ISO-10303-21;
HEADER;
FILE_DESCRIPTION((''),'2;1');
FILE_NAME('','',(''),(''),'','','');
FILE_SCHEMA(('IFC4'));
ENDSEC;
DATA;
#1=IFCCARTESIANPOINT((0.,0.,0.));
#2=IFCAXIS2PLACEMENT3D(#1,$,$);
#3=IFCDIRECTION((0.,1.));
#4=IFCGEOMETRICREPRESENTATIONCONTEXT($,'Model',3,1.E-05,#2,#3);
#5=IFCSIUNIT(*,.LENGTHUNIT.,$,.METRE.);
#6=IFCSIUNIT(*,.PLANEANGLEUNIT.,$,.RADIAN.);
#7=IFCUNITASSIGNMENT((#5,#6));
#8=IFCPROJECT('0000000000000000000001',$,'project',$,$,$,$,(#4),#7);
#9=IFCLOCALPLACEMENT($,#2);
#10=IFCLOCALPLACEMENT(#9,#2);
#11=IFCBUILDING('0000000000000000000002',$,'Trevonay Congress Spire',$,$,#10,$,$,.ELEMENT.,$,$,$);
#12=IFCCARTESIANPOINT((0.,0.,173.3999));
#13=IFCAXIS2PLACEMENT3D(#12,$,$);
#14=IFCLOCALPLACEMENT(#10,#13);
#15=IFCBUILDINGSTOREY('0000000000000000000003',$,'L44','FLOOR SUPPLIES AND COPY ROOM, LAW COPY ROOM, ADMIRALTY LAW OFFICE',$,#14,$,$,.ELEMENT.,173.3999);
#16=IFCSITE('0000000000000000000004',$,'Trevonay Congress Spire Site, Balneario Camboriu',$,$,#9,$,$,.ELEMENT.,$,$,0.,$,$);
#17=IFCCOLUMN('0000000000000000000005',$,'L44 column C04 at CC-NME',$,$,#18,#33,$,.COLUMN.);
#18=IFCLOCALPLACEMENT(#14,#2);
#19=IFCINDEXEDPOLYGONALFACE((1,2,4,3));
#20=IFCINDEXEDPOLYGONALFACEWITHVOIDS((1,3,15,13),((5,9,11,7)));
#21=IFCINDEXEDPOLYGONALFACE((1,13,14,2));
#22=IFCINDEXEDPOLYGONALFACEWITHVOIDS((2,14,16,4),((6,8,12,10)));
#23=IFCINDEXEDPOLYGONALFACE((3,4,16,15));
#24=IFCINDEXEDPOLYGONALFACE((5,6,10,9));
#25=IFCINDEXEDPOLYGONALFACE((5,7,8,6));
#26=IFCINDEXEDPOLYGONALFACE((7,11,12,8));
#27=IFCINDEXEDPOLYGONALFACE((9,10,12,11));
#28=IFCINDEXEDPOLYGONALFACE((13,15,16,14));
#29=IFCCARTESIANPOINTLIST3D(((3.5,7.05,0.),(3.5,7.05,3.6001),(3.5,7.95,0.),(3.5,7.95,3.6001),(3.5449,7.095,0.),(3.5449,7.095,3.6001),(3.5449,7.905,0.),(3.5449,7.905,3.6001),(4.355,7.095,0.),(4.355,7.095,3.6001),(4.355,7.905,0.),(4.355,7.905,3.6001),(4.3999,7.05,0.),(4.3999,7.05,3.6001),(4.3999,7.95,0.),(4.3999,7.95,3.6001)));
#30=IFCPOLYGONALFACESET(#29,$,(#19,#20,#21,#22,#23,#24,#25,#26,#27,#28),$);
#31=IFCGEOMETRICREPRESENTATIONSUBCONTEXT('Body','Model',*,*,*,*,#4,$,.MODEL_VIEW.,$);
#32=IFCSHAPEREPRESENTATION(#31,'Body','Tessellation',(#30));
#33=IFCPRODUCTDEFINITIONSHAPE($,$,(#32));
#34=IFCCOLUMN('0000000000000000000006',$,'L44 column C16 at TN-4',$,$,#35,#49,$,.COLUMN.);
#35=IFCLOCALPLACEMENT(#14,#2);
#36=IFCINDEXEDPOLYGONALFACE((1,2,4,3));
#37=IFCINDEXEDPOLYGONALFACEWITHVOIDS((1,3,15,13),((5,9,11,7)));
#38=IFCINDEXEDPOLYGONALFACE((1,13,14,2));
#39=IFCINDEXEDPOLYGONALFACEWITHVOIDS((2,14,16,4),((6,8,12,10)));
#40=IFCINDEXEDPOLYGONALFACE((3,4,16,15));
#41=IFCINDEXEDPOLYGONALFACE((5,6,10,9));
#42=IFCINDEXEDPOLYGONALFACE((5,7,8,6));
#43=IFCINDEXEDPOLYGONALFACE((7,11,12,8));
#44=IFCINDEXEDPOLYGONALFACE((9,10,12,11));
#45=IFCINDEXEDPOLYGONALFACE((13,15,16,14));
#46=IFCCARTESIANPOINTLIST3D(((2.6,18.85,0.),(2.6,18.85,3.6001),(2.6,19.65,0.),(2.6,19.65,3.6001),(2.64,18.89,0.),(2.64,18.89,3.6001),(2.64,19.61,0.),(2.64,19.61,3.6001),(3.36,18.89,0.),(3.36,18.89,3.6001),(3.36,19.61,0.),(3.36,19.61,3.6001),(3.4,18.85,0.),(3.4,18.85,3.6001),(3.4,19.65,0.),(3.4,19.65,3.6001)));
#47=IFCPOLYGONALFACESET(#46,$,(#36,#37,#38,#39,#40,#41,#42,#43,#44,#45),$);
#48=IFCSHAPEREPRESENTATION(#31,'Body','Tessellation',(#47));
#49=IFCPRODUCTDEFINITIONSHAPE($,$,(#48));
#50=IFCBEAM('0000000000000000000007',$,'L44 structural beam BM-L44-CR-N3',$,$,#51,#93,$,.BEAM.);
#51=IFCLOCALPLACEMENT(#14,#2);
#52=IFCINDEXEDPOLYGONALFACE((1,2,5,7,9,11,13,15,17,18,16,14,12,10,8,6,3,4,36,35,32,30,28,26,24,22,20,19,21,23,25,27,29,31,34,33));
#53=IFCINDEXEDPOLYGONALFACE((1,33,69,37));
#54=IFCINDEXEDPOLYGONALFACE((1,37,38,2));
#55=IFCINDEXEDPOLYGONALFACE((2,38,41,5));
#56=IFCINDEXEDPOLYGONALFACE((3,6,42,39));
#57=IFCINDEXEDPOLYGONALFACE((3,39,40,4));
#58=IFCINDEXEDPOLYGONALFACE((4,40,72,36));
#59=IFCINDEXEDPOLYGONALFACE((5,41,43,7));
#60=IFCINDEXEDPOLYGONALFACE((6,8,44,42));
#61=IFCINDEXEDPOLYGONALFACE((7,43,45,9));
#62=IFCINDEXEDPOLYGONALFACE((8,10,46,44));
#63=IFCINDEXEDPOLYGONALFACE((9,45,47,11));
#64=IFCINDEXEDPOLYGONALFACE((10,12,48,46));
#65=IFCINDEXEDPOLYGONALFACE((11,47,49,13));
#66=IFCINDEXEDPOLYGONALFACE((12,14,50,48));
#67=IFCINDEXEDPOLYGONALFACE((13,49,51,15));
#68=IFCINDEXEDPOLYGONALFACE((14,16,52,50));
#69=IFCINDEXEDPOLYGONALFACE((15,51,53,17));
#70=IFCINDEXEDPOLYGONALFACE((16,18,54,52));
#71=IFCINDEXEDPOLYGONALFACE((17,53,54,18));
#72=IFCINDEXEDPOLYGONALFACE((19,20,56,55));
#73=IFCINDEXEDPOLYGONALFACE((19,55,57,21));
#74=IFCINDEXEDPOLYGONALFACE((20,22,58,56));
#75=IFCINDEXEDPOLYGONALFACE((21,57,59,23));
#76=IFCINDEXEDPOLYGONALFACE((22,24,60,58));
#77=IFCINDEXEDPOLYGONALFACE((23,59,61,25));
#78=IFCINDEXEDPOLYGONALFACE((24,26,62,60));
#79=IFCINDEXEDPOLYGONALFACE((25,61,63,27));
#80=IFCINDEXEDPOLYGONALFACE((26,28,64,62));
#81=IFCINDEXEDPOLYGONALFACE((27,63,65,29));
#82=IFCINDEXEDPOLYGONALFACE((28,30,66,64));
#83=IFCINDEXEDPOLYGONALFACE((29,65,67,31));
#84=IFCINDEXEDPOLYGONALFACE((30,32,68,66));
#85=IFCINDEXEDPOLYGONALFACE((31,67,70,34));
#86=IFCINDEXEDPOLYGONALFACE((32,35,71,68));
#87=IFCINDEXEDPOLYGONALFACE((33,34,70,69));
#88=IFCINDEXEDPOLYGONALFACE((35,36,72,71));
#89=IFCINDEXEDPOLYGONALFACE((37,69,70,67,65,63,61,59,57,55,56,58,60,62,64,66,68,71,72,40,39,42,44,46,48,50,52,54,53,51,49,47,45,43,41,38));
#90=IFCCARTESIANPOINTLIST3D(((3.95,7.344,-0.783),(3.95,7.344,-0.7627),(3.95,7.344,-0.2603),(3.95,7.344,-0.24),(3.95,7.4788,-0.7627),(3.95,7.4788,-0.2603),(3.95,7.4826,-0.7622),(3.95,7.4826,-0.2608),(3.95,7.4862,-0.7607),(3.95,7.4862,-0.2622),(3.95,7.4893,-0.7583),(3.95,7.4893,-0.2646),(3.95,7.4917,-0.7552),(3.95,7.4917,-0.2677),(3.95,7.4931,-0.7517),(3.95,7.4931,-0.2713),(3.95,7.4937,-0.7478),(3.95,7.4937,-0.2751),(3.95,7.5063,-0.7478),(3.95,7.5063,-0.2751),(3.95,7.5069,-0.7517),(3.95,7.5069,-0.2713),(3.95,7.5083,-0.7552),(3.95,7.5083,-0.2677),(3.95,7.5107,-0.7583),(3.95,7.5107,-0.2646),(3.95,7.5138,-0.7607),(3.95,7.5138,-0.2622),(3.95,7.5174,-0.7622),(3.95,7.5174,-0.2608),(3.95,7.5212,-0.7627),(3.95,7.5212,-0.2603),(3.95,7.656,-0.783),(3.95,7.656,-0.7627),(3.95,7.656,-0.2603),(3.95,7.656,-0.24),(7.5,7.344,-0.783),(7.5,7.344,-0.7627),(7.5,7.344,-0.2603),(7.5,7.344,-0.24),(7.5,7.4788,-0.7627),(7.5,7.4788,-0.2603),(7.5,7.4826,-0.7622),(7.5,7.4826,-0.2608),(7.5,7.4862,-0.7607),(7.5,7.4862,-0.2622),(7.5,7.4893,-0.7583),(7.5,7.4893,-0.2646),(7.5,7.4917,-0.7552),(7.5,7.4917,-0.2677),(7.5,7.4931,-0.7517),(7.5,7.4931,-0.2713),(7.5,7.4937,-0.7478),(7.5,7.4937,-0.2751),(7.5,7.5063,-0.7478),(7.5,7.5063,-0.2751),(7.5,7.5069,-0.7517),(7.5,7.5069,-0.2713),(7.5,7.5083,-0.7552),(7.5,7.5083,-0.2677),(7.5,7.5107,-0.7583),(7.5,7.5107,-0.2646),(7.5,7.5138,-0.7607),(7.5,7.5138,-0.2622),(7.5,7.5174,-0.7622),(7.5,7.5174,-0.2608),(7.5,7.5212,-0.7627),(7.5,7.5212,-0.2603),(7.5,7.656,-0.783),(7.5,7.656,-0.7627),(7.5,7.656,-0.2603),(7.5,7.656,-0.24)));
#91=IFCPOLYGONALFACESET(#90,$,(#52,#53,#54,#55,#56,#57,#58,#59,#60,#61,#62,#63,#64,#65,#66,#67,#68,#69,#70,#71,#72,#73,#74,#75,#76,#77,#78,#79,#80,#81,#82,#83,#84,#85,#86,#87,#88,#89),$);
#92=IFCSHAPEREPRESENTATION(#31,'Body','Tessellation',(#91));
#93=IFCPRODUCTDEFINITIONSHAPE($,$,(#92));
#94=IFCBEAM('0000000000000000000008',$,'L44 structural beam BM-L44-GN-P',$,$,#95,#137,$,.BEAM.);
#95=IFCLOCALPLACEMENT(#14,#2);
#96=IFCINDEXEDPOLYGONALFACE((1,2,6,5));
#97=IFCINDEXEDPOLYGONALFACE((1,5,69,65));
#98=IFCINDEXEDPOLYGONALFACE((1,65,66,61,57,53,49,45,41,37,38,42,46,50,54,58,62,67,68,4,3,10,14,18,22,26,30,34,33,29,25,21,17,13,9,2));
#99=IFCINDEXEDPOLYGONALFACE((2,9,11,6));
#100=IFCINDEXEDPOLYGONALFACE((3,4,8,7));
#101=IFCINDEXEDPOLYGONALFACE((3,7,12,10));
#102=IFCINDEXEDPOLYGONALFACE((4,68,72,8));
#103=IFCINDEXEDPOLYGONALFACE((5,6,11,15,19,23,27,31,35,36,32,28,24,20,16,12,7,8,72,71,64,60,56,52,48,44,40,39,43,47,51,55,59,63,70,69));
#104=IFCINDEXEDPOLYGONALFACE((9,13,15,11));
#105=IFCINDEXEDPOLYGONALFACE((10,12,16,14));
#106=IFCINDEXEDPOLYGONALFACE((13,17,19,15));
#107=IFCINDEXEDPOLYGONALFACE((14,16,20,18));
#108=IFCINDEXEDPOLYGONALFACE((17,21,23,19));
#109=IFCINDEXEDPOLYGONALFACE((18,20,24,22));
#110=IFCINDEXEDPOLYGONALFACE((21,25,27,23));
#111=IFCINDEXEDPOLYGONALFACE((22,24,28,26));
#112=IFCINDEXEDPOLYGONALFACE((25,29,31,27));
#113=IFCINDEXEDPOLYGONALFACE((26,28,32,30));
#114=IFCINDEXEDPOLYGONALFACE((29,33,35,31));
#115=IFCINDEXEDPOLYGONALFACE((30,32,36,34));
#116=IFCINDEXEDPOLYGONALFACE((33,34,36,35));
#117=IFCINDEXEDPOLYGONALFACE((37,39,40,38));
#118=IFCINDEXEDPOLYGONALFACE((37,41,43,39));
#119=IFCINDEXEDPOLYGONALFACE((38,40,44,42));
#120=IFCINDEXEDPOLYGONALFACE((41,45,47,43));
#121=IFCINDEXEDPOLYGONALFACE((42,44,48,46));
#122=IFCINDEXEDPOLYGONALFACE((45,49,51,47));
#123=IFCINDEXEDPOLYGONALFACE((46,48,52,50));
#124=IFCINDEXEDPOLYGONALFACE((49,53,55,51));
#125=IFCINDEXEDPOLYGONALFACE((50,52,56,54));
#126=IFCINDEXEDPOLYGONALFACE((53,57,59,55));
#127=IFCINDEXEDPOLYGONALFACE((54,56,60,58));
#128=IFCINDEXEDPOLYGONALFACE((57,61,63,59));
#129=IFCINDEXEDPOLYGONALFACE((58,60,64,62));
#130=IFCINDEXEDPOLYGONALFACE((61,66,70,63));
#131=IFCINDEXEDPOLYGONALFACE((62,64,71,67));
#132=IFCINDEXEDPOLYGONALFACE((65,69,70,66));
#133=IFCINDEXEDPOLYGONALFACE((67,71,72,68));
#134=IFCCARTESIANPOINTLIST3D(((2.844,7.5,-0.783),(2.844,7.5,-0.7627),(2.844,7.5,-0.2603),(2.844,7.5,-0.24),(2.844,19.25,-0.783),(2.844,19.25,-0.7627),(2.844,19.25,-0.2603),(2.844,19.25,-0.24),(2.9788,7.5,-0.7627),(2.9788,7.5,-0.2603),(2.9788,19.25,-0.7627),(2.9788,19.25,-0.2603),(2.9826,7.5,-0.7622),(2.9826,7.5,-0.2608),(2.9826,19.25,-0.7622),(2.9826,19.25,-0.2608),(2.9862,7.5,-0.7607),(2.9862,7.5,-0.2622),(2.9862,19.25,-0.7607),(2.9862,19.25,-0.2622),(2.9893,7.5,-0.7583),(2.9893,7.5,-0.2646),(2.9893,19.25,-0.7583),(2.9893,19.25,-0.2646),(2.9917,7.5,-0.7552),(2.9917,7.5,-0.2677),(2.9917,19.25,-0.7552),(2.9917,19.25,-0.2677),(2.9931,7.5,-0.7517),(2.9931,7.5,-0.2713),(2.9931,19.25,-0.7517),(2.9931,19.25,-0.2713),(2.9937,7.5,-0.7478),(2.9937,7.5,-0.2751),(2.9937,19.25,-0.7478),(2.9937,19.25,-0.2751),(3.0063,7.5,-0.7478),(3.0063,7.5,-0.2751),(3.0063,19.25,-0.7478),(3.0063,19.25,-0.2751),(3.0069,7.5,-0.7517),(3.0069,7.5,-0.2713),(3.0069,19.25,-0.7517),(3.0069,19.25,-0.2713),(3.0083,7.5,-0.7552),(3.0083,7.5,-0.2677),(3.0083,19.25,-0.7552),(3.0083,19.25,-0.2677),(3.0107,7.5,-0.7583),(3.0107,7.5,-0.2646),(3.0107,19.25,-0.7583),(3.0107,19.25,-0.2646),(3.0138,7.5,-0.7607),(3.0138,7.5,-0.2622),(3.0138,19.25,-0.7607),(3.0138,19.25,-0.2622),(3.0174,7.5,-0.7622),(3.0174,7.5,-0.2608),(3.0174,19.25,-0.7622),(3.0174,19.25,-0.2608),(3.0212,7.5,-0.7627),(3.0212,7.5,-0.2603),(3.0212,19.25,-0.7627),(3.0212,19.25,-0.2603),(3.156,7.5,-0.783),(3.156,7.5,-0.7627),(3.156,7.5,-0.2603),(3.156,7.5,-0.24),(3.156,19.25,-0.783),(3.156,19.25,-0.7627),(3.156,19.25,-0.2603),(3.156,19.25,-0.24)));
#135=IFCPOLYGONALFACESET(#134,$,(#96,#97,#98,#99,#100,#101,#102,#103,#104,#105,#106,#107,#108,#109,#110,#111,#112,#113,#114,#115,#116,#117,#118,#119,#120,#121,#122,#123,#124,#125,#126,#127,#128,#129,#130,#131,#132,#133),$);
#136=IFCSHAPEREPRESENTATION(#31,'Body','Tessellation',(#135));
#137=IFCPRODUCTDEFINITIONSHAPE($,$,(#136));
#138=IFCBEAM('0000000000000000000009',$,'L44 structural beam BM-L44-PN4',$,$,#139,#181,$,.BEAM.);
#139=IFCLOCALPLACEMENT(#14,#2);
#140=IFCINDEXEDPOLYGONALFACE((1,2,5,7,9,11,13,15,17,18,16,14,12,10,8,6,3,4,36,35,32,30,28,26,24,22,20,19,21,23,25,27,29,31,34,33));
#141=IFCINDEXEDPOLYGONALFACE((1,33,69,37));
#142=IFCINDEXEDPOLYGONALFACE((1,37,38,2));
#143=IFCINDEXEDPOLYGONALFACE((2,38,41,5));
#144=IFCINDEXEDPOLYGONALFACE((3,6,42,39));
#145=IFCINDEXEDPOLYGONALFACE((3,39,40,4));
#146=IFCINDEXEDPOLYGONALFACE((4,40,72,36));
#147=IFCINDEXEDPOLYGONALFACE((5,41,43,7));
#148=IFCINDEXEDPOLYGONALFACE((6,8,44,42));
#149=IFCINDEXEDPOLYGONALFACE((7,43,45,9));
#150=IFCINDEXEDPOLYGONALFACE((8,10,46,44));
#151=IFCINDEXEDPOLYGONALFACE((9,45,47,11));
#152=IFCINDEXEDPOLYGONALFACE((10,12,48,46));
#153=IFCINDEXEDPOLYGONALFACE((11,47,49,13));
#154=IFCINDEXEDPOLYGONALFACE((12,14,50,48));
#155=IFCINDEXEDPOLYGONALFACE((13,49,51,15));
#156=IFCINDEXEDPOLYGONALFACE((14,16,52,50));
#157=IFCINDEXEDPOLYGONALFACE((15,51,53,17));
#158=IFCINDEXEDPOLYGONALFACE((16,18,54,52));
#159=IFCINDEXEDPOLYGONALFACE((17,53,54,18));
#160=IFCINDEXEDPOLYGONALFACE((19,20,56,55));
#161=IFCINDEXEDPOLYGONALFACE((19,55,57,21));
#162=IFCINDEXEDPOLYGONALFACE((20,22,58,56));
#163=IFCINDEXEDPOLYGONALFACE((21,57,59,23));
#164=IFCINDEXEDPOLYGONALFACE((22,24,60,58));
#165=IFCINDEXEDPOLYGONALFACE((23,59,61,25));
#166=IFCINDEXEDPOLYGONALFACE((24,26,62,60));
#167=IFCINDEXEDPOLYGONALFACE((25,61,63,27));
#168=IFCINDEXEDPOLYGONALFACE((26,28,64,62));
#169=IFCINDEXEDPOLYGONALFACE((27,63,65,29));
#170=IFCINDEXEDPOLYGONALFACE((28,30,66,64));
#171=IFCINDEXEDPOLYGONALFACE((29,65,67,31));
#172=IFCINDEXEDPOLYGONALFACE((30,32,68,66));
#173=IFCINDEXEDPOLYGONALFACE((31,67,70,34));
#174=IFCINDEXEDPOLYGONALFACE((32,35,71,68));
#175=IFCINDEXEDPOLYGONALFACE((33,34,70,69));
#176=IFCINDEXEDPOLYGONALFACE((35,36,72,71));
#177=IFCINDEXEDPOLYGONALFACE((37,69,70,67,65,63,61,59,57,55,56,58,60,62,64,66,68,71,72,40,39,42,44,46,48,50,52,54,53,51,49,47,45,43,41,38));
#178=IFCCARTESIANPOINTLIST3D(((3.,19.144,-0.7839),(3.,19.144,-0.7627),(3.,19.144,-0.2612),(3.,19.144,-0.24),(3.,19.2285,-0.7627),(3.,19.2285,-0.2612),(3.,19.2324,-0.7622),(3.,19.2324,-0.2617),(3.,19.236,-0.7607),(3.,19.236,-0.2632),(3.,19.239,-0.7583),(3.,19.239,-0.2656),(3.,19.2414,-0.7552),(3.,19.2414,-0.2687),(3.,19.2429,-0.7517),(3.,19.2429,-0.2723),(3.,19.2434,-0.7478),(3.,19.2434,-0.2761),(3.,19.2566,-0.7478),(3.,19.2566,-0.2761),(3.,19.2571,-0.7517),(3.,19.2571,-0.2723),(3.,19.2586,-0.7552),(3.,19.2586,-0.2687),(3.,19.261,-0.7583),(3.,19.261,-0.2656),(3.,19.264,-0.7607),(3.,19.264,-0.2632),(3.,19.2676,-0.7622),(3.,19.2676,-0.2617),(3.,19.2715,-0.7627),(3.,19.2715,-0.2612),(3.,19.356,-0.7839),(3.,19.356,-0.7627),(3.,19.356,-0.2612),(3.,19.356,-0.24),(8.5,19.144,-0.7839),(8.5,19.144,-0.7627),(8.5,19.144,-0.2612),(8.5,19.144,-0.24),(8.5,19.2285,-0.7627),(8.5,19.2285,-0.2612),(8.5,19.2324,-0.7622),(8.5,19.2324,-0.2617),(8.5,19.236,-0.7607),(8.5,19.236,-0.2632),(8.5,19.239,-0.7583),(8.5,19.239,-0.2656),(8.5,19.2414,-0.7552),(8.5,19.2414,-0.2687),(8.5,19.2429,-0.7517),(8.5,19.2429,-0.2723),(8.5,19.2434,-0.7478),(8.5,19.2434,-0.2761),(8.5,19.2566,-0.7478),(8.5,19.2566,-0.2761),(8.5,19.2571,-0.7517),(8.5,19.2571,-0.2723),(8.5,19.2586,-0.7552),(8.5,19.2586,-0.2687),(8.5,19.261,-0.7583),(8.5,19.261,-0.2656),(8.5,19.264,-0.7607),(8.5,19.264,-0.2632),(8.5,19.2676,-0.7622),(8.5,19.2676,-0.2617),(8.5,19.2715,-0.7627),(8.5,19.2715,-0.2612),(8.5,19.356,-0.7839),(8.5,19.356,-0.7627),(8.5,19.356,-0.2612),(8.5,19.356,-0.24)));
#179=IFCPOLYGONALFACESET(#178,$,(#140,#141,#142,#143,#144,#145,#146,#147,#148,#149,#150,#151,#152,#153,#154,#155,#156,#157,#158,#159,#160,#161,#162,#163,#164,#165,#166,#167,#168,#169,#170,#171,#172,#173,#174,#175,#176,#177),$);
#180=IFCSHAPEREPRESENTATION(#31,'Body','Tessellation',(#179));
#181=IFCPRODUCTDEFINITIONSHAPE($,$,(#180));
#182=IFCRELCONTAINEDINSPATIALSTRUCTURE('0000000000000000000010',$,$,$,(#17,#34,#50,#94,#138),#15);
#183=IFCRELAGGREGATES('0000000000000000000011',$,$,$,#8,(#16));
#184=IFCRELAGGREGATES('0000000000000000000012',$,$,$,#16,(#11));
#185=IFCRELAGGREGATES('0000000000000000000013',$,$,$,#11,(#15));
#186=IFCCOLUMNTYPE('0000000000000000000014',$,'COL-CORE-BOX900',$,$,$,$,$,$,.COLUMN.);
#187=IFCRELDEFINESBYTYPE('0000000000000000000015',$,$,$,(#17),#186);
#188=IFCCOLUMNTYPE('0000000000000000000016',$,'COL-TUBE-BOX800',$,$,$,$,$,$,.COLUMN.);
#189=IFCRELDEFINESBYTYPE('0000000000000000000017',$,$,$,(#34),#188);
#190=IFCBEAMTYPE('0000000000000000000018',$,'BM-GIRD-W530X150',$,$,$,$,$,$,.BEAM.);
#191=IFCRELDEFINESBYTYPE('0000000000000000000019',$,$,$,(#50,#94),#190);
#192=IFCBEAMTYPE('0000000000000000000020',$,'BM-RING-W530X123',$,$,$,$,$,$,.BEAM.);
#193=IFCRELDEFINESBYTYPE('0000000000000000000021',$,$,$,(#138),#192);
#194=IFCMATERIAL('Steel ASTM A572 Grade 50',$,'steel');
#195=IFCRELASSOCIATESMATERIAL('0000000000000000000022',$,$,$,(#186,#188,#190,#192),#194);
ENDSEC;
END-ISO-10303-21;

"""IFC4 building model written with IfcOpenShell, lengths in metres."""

from ifc_helpers import new_model, si_unit, direction, frame, origin, origin_2d, place, context, subcontext, project, spatial, hollow_rectangle, i_section, extrude, material, material_profile, profile_set, type_object, element, save


model = new_model("IFC4")

# Units and contexts
model_context = context("Model", 3, precision=1e-05, world=origin(), true_north=direction((0.0, 1.0)))
body_context = subcontext(model_context, "Body", "Model", "MODEL_VIEW")
ifc_project = project(units=[si_unit("LENGTHUNIT", "METRE"), si_unit("PLANEANGLEUNIT", "RADIAN")], contexts=[model_context])

# Site, building, storey
site_placement = place(None, origin())
site = spatial("IfcSite", under=ifc_project, at=site_placement, Name="Trevonay Congress Spire Site, Balneario Camboriu", CompositionType="ELEMENT", RefElevation=0.0)
building_placement = place(site_placement, origin())
building = spatial("IfcBuilding", under=site, at=building_placement, Name="Trevonay Congress Spire", CompositionType="ELEMENT")
storey_placement = place(building_placement, frame((0.0, 0.0, 173.3999)))
storey = spatial("IfcBuildingStorey", under=building, at=storey_placement, Name="L44", Description="FLOOR SUPPLIES AND COPY ROOM, LAW COPY ROOM, ADMIRALTY LAW OFFICE", CompositionType="ELEMENT", Elevation=173.3999)

# Columns
ifc_material_1 = material(Name="Steel ASTM A572 Grade 50", Category="steel")
ifc_material_profile_1 = material_profile(ifc_material_1, hollow_rectangle(XDim=0.8999, YDim=0.8999, WallThickness=0.0449, at=origin_2d()), Name="BOX 900x900x45")
ifc_profile_set_1 = profile_set([ifc_material_profile_1], Name="Steel ASTM A572 Grade 50")
column_type_1 = type_object("IfcColumnType", Name="COL-CORE-BOX900", PredefinedType="COLUMN", material=ifc_profile_set_1)
column_1_placement = place(storey_placement, frame((3.95, 7.5, 0.0), z_axis=(0.0, 0.0, 1.0), x_axis=(1.0, 0.0, 0.0)))
element("IfcColumn", 1, at=column_1_placement, inside=storey, type_object=column_type_1, Name="L44 column C04 at CC-NME", PredefinedType="COLUMN", context=body_context, shape_type="SweptSolid", body=[
    extrude(hollow_rectangle(XDim=0.8999, YDim=0.8999, WallThickness=0.0449, at=origin_2d()), origin(), (0.0, 0.0, 1.0), 3.6001),
])
ifc_material_profile_2 = material_profile(ifc_material_1, hollow_rectangle(XDim=0.8, YDim=0.8, WallThickness=0.04, at=origin_2d()), Name="BOX 800x800x40")
ifc_profile_set_2 = profile_set([ifc_material_profile_2], Name="Steel ASTM A572 Grade 50")
column_type_2 = type_object("IfcColumnType", Name="COL-TUBE-BOX800", PredefinedType="COLUMN", material=ifc_profile_set_2)
column_2_placement = place(storey_placement, frame((3.0, 19.25, 0.0), z_axis=(0.0, 0.0, 1.0), x_axis=(1.0, 0.0, 0.0)))
element("IfcColumn", 2, at=column_2_placement, inside=storey, type_object=column_type_2, Name="L44 column C16 at TN-4", PredefinedType="COLUMN", context=body_context, shape_type="SweptSolid", body=[
    extrude(hollow_rectangle(XDim=0.8, YDim=0.8, WallThickness=0.04, at=origin_2d()), origin(), (0.0, 0.0, 1.0), 3.6001),
])

# Beams
ifc_material_profile_3 = material_profile(ifc_material_1, i_section(OverallWidth=0.312, OverallDepth=0.543, WebThickness=0.0127, FlangeThickness=0.0203, FilletRadius=0.0149, at=origin_2d()), Name="W530x150")
ifc_profile_set_3 = profile_set([ifc_material_profile_3], Name="Steel ASTM A572 Grade 50")
beam_type_1 = type_object("IfcBeamType", Name="BM-GIRD-W530X150", PredefinedType="BEAM", material=ifc_profile_set_3)
beam_1_placement = place(storey_placement, frame((3.95, 7.5, -0.5115), z_axis=(1.0, 0.0, 0.0), x_axis=(0.0, 1.0, 0.0)))
element("IfcBeam", 3, at=beam_1_placement, inside=storey, type_object=beam_type_1, Name="L44 structural beam BM-L44-CR-N3", PredefinedType="BEAM", context=body_context, shape_type="SweptSolid", body=[
    extrude(i_section(OverallWidth=0.312, OverallDepth=0.543, WebThickness=0.0127, FlangeThickness=0.0203, FilletRadius=0.0149, at=origin_2d()), origin(), (0.0, 0.0, 1.0), 3.55),
])
beam_2_placement = place(storey_placement, frame((3.0, 7.5, -0.5115), z_axis=(0.0, 1.0, 0.0), x_axis=(-1.0, 0.0, 0.0)))
element("IfcBeam", 4, at=beam_2_placement, inside=storey, type_object=beam_type_1, Name="L44 structural beam BM-L44-GN-P", PredefinedType="BEAM", context=body_context, shape_type="SweptSolid", body=[
    extrude(i_section(OverallWidth=0.312, OverallDepth=0.543, WebThickness=0.0127, FlangeThickness=0.0203, FilletRadius=0.0149, at=origin_2d()), origin(), (0.0, 0.0, 1.0), 11.75),
])
ifc_material_profile_4 = material_profile(ifc_material_1, i_section(OverallWidth=0.2119, OverallDepth=0.5439, WebThickness=0.0132, FlangeThickness=0.0212, FilletRadius=0.0149, at=origin_2d()), Name="W530x123")
ifc_profile_set_4 = profile_set([ifc_material_profile_4], Name="Steel ASTM A572 Grade 50")
beam_type_2 = type_object("IfcBeamType", Name="BM-RING-W530X123", PredefinedType="BEAM", material=ifc_profile_set_4)
beam_3_placement = place(storey_placement, frame((3.0, 19.25, -0.512), z_axis=(1.0, 0.0, 0.0), x_axis=(0.0, 1.0, 0.0)))
element("IfcBeam", 5, at=beam_3_placement, inside=storey, type_object=beam_type_2, Name="L44 structural beam BM-L44-PN4", PredefinedType="BEAM", context=body_context, shape_type="SweptSolid", body=[
    extrude(i_section(OverallWidth=0.2119, OverallDepth=0.5439, WebThickness=0.0132, FlangeThickness=0.0212, FilletRadius=0.0149, at=origin_2d()), origin(), (0.0, 0.0, 1.0), 5.5),
])

save(model, "model.ifc")
